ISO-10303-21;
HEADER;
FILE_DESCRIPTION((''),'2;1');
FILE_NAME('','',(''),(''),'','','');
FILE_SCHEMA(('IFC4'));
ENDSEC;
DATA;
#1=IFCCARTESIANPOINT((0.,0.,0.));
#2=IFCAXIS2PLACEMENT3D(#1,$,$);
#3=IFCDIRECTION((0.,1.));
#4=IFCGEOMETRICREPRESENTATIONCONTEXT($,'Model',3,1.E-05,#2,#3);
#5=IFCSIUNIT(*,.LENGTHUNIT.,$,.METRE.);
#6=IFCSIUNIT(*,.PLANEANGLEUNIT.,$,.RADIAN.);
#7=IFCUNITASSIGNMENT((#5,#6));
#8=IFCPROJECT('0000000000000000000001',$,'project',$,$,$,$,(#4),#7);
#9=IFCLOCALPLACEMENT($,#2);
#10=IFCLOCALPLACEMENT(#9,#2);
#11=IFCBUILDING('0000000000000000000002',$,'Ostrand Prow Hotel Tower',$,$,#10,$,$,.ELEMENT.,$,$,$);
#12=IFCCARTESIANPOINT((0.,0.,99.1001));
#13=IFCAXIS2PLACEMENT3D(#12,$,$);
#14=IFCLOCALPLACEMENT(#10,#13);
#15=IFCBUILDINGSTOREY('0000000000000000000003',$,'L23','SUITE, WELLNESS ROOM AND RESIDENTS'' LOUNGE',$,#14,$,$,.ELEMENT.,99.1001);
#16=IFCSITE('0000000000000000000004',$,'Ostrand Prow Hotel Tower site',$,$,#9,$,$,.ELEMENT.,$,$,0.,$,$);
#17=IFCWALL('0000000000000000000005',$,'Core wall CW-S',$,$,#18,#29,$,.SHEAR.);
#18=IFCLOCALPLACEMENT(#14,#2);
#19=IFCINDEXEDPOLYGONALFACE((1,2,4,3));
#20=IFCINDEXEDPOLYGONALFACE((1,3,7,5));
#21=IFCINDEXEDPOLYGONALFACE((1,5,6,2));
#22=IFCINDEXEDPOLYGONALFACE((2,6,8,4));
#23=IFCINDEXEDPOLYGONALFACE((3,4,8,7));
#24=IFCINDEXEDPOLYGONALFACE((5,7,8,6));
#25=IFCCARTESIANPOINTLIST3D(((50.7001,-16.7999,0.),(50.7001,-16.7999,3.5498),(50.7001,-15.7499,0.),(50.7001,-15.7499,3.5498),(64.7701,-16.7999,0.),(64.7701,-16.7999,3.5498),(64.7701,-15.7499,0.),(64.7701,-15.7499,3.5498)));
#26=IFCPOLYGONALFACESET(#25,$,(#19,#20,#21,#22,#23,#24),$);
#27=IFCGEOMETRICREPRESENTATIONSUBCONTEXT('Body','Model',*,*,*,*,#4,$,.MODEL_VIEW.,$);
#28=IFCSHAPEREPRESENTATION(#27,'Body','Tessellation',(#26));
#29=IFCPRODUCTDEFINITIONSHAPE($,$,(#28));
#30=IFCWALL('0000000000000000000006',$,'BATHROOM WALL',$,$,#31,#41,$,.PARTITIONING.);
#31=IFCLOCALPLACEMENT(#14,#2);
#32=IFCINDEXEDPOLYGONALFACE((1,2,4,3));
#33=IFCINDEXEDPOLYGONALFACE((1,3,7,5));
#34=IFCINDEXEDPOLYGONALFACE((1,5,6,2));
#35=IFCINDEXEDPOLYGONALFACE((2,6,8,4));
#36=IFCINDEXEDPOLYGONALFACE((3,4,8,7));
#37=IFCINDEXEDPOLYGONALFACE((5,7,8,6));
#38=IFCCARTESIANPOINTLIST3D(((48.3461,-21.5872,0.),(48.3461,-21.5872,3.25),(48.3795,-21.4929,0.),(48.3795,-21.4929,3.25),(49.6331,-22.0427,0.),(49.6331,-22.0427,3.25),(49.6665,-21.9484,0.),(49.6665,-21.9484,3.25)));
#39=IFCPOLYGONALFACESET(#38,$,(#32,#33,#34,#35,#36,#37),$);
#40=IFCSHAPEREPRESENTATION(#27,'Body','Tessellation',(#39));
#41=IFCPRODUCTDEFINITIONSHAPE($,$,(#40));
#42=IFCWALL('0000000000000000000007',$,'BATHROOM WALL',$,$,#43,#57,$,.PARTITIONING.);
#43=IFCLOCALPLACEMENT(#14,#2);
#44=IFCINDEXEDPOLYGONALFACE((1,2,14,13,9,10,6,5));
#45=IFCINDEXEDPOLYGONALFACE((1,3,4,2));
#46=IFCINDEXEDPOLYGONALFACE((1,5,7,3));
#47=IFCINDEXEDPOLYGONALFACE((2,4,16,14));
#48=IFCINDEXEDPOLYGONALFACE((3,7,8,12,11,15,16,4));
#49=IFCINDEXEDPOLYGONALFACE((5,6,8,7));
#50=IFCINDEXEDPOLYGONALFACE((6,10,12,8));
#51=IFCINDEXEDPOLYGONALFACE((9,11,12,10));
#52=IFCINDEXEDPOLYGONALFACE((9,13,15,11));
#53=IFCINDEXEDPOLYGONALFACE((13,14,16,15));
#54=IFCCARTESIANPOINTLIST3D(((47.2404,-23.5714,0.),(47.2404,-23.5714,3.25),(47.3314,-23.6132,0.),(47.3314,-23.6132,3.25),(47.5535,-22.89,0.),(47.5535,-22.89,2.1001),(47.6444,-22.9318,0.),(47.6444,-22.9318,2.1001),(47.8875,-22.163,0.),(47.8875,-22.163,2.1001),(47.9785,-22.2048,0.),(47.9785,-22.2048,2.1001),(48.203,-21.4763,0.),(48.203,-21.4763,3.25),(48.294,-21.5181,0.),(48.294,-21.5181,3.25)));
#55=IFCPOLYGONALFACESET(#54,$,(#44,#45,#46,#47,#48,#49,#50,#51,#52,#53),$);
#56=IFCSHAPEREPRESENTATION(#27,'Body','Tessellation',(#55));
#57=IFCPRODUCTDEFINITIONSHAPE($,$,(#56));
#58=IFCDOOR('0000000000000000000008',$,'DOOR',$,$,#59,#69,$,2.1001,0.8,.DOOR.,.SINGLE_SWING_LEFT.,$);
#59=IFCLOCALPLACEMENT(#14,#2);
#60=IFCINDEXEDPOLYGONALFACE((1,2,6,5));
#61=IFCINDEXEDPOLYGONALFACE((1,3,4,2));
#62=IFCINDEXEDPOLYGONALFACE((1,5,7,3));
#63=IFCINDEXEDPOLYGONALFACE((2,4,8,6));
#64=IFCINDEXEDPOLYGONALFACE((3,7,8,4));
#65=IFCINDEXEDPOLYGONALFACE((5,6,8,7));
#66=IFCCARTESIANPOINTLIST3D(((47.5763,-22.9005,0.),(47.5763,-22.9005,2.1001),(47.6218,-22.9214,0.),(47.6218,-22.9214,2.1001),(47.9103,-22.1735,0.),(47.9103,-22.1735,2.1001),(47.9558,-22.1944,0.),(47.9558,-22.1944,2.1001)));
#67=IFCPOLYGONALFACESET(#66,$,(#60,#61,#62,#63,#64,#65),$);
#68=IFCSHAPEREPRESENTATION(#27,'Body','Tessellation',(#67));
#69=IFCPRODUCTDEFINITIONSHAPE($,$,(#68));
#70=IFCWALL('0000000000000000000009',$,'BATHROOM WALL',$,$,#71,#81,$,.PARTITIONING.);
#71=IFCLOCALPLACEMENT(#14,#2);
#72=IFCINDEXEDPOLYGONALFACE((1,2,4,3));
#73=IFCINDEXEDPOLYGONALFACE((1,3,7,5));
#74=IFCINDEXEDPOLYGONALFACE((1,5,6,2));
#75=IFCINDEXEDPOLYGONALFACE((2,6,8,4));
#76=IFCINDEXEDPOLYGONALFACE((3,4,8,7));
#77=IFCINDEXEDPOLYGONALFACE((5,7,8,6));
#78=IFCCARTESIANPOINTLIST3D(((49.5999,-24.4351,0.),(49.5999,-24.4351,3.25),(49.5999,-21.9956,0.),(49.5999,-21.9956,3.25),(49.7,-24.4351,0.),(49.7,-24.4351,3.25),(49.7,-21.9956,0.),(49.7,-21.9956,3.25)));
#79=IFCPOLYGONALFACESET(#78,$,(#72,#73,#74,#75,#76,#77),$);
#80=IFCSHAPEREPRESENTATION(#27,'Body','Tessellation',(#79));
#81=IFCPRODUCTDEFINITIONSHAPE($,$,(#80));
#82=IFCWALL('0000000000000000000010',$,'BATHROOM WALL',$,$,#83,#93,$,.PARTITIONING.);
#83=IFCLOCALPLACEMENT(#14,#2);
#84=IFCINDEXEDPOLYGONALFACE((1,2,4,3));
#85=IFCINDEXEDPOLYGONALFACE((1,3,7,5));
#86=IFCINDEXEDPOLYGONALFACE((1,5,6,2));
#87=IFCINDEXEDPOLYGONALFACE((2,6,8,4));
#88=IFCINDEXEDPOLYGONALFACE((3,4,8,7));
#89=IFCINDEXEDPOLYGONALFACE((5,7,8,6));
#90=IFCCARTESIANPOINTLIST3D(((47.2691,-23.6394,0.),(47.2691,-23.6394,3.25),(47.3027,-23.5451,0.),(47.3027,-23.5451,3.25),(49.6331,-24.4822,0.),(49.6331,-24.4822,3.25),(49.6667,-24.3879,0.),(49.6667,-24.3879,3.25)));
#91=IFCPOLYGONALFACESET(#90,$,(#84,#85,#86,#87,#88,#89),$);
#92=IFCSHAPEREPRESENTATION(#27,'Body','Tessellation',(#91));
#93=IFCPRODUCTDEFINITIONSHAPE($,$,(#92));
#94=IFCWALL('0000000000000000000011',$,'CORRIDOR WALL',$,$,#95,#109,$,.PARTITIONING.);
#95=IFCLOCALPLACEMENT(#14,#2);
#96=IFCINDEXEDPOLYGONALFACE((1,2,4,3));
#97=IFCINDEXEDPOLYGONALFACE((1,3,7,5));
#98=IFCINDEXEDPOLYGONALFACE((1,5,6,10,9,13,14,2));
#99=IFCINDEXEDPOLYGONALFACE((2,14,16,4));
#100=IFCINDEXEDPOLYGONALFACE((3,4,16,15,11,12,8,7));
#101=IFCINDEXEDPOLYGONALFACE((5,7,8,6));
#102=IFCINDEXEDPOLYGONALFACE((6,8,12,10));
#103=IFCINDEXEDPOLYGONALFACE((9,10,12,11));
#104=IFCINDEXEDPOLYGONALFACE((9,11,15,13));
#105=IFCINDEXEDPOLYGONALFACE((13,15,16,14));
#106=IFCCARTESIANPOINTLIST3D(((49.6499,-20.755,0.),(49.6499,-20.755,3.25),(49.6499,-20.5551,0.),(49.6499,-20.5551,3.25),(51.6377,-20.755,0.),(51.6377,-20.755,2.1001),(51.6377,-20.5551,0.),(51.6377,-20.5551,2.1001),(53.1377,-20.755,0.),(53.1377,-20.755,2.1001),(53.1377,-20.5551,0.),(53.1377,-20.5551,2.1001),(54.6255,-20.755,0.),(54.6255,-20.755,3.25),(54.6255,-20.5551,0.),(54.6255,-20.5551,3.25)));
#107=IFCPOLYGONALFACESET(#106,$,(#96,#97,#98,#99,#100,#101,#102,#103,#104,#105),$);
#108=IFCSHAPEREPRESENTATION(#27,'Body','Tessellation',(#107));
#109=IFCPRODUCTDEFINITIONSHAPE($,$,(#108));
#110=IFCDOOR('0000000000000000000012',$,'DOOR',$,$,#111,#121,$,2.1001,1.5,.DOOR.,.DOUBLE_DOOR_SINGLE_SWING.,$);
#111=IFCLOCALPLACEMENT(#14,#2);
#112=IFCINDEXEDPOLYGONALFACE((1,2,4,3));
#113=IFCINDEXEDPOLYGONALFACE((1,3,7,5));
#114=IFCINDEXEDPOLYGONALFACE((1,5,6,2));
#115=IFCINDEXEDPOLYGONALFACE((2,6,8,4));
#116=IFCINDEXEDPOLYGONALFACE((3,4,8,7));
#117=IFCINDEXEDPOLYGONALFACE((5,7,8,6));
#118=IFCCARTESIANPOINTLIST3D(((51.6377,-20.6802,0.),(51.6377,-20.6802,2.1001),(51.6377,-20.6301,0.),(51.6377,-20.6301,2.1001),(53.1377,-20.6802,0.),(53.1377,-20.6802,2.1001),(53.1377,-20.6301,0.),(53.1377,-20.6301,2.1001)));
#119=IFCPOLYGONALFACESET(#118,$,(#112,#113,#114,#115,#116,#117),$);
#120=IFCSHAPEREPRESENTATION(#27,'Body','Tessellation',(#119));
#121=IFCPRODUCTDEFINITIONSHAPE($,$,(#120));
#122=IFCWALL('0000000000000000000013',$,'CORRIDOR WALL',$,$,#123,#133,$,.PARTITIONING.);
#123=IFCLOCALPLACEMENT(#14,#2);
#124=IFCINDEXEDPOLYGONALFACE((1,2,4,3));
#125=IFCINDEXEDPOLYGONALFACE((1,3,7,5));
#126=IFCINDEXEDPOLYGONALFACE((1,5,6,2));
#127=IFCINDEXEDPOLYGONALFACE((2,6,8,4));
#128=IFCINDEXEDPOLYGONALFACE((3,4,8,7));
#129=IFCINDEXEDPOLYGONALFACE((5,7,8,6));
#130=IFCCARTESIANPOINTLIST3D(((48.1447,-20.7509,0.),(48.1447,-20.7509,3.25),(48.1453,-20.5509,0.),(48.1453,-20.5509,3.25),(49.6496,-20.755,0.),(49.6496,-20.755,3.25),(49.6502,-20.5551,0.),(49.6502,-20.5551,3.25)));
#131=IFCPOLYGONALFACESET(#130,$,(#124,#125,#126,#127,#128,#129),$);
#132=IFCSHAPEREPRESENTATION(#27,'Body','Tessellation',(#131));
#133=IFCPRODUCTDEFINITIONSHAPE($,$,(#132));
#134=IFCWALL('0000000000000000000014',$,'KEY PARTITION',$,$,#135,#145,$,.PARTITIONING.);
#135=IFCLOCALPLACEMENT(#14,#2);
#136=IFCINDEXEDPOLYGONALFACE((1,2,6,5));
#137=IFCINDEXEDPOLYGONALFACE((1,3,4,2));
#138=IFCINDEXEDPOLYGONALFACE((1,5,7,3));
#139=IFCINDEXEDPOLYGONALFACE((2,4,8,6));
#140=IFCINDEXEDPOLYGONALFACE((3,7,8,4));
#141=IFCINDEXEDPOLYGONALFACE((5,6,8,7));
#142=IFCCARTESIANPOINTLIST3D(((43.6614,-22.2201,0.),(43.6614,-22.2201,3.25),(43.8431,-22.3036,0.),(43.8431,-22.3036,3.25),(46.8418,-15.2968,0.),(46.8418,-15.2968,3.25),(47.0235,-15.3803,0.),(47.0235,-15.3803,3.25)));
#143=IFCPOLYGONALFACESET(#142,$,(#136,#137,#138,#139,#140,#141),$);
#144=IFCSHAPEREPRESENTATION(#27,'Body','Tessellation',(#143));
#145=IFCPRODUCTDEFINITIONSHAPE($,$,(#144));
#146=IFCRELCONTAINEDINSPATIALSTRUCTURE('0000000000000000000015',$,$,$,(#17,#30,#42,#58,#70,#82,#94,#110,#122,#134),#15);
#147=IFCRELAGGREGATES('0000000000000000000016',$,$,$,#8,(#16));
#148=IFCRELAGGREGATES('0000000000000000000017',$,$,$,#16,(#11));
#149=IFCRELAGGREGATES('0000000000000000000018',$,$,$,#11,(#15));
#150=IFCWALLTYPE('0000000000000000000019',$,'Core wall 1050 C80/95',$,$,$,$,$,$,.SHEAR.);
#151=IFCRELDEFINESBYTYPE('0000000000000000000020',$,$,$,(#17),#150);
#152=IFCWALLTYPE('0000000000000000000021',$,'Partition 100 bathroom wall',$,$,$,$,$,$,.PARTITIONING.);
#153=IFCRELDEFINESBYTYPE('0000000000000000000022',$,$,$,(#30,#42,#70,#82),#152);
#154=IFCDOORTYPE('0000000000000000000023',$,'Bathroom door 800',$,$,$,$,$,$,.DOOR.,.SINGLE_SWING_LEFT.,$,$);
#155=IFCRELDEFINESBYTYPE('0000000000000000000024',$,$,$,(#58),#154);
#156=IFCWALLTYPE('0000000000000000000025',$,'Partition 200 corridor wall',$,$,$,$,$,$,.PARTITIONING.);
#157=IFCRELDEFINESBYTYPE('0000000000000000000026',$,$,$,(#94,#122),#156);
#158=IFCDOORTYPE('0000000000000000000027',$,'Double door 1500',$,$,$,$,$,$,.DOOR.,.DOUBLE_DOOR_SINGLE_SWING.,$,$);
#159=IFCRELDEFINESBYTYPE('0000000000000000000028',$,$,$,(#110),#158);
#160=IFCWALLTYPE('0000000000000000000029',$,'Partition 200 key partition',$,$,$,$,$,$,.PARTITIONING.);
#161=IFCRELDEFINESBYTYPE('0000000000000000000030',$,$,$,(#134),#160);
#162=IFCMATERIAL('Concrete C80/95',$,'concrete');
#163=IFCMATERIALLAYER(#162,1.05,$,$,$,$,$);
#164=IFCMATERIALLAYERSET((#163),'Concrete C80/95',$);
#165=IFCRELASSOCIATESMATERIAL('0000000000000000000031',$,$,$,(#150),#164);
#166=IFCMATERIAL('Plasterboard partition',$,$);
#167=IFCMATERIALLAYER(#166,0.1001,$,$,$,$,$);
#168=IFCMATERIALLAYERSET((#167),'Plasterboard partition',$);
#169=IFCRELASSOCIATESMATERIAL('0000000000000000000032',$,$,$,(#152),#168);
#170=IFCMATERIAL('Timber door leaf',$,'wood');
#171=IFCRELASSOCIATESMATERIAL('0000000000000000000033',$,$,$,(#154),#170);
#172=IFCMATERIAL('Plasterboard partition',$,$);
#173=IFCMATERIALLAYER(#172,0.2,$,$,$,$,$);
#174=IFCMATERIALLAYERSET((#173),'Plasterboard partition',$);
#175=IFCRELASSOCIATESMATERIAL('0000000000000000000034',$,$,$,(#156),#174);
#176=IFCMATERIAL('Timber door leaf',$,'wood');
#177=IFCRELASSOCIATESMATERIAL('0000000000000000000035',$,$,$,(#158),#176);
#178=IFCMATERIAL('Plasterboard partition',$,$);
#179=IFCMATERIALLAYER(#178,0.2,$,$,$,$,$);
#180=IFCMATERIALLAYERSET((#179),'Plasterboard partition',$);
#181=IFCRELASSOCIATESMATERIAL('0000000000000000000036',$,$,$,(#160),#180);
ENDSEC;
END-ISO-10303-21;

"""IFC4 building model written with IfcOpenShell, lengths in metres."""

from ifc_helpers import new_model, si_unit, direction, frame, frame_2d, origin, place, context, subcontext, project, spatial, rectangle, extrude, material, layer, layer_set, type_object, element, fill, save


model = new_model("IFC4")

# Units and contexts
model_context = context("Model", 3, precision=1e-05, world=origin(), true_north=direction((0.0, 1.0)))
body_context = subcontext(model_context, "Body", "Model", "MODEL_VIEW")
ifc_project = project(units=[si_unit("LENGTHUNIT", "METRE"), si_unit("PLANEANGLEUNIT", "RADIAN")], contexts=[model_context])

# Site, building, storey
site_placement = place(None, origin())
site = spatial("IfcSite", under=ifc_project, at=site_placement, Name="Ostrand Prow Hotel Tower site", CompositionType="ELEMENT", RefElevation=0.0)
building_placement = place(site_placement, origin())
building = spatial("IfcBuilding", under=site, at=building_placement, Name="Ostrand Prow Hotel Tower", CompositionType="ELEMENT")
storey_placement = place(building_placement, frame((0.0, 0.0, 99.1001)))
storey = spatial("IfcBuildingStorey", under=building, at=storey_placement, Name="L23", Description="SUITE, WELLNESS ROOM AND RESIDENTS' LOUNGE", CompositionType="ELEMENT", Elevation=99.1001)

# Shared definitions
ifc_material_1 = material(Name="Concrete C80/95", Category="concrete")
ifc_layer_1 = layer(ifc_material_1, 1.05)
ifc_layer_set_1 = layer_set([ifc_layer_1], Name="Concrete C80/95")
wall_type_1 = type_object("IfcWallType", Name="Core wall 1050 C80/95", PredefinedType="SHEAR", material=ifc_layer_set_1)

# Walls
wall_1_placement = place(storey_placement, frame((50.7, -16.2749, 0.0), z_axis=(0.0, 0.0, 1.0), x_axis=(1.0, 0.0, 0.0)))
element("IfcWall", 1, at=wall_1_placement, inside=storey, type_object=wall_type_1, Name="Core wall CW-S", PredefinedType="SHEAR", context=body_context, shape_type="SweptSolid", body=[
    extrude(rectangle(XDim=14.0701, YDim=1.05, at=frame_2d((7.0352, 0.0))), origin(), (0.0, 0.0, 1.0), 3.5498),
])
ifc_material_2 = material(Name="Plasterboard partition")
ifc_layer_2 = layer(ifc_material_2, 0.1001)
ifc_layer_set_2 = layer_set([ifc_layer_2], Name="Plasterboard partition")
wall_type_2 = type_object("IfcWallType", Name="Partition 100 bathroom wall", PredefinedType="PARTITIONING", material=ifc_layer_set_2)
wall_2_placement = place(storey_placement, frame((48.3628, -21.54, 0.0), z_axis=(0.0, 0.0, 1.0), x_axis=(0.942693, -0.333662, 0.0)))
element("IfcWall", 2, at=wall_2_placement, inside=storey, type_object=wall_type_2, Name="BATHROOM WALL", PredefinedType="PARTITIONING", context=body_context, shape_type="SweptSolid", body=[
    extrude(rectangle(XDim=1.3652, YDim=0.1001, at=frame_2d((0.6826, 0.0))), origin(), (0.0, 0.0, 1.0), 3.25),
])

# Wall, opening, door
wall_3_placement = place(storey_placement, frame((47.2859, -23.5923, 0.0), z_axis=(0.0, 0.0, 1.0), x_axis=(0.417493, 0.90868, 0.0)))
wall_3 = element("IfcWall", 3, at=wall_3_placement, inside=storey, type_object=wall_type_2, Name="BATHROOM WALL", PredefinedType="PARTITIONING", context=body_context, shape_type="SweptSolid", body=[
    extrude(rectangle(XDim=2.3057, YDim=0.1001, at=frame_2d((1.1528, 0.0))), origin(), (0.0, 0.0, 1.0), 3.25),
])
opening_1_placement = place(wall_3_placement, frame((0.75, 0.0, 0.0)))
opening_1 = element("IfcOpeningElement", 4, at=opening_1_placement, cuts=wall_3, PredefinedType="OPENING", context=body_context, shape_type="SweptSolid", body=[
    extrude(rectangle(XDim=0.8, YDim=2.1001, at=frame_2d((0.3999, 1.05))), frame((0.0, 0.0601, 0.0), z_axis=(0.0, -1.0, 0.0), x_axis=(1.0, 0.0, 0.0)), (0.0, 0.0, 1.0), 0.1201),
])
ifc_material_3 = material(Name="Timber door leaf", Category="wood")
door_type_1 = type_object("IfcDoorType", Name="Bathroom door 800", OperationType="SINGLE_SWING_LEFT", PredefinedType="DOOR", material=ifc_material_3)
door_1_placement = place(opening_1_placement, origin())
door_1 = element("IfcDoor", 5, at=door_1_placement, inside=storey, type_object=door_type_1, Name="DOOR", OperationType="SINGLE_SWING_LEFT", OverallHeight=2.1001, OverallWidth=0.8, PredefinedType="DOOR", context=body_context, shape_type="SweptSolid", body=[
    extrude(rectangle(XDim=0.8, YDim=2.1001, at=frame_2d((0.3999, 1.05))), frame((0.0, 0.0249, 0.0), z_axis=(0.0, -1.0, 0.0), x_axis=(1.0, 0.0, 0.0)), (0.0, 0.0, 1.0), 0.05),
])
fill(opening_1, door_1)

# Walls
wall_4_placement = place(storey_placement, frame((49.6499, -21.9956, 0.0), z_axis=(0.0, 0.0, 1.0), x_axis=(0.0, -1.0, 0.0)))
element("IfcWall", 6, at=wall_4_placement, inside=storey, type_object=wall_type_2, Name="BATHROOM WALL", PredefinedType="PARTITIONING", context=body_context, shape_type="SweptSolid", body=[
    extrude(rectangle(XDim=2.4395, YDim=0.1001, at=frame_2d((1.2197, 0.0))), origin(), (0.0, 0.0, 1.0), 3.25),
])
wall_5_placement = place(storey_placement, frame((49.6499, -24.4351, 0.0), z_axis=(0.0, 0.0, 1.0), x_axis=(-0.941933, 0.3358, 0.0)))
element("IfcWall", 7, at=wall_5_placement, inside=storey, type_object=wall_type_2, Name="BATHROOM WALL", PredefinedType="PARTITIONING", context=body_context, shape_type="SweptSolid", body=[
    extrude(rectangle(XDim=2.5098, YDim=0.1001, at=frame_2d((1.2549, 0.0))), origin(), (0.0, 0.0, 1.0), 3.25),
])

# Wall, opening, door
ifc_material_4 = material(Name="Plasterboard partition")
ifc_layer_3 = layer(ifc_material_4, 0.2)
ifc_layer_set_3 = layer_set([ifc_layer_3], Name="Plasterboard partition")
wall_type_3 = type_object("IfcWallType", Name="Partition 200 corridor wall", PredefinedType="PARTITIONING", material=ifc_layer_set_3)
wall_6_placement = place(storey_placement, frame((49.6499, -20.655, 0.0), z_axis=(0.0, 0.0, 1.0), x_axis=(1.0, 0.0, 0.0)))
wall_6 = element("IfcWall", 8, at=wall_6_placement, inside=storey, type_object=wall_type_3, Name="CORRIDOR WALL", PredefinedType="PARTITIONING", context=body_context, shape_type="SweptSolid", body=[
    extrude(rectangle(XDim=4.9756, YDim=0.2, at=frame_2d((2.4878, 0.0))), origin(), (0.0, 0.0, 1.0), 3.25),
])
opening_2_placement = place(wall_6_placement, frame((1.9878, 0.0, 0.0)))
opening_2 = element("IfcOpeningElement", 9, at=opening_2_placement, cuts=wall_6, PredefinedType="OPENING", context=body_context, shape_type="SweptSolid", body=[
    extrude(rectangle(XDim=1.5, YDim=2.1001, at=frame_2d((0.75, 1.05))), frame((0.0, 0.1099, 0.0), z_axis=(0.0, -1.0, 0.0), x_axis=(1.0, 0.0, 0.0)), (0.0, 0.0, 1.0), 0.22),
])
ifc_material_5 = material(Name="Timber door leaf", Category="wood")
door_type_2 = type_object("IfcDoorType", Name="Double door 1500", OperationType="DOUBLE_DOOR_SINGLE_SWING", PredefinedType="DOOR", material=ifc_material_5)
door_2_placement = place(opening_2_placement, origin())
door_2 = element("IfcDoor", 10, at=door_2_placement, inside=storey, type_object=door_type_2, Name="DOOR", OperationType="DOUBLE_DOOR_SINGLE_SWING", OverallHeight=2.1001, OverallWidth=1.5, PredefinedType="DOOR", context=body_context, shape_type="SweptSolid", body=[
    extrude(rectangle(XDim=1.5, YDim=2.1001, at=frame_2d((0.75, 1.05))), frame((0.0, 0.0249, 0.0), z_axis=(0.0, -1.0, 0.0), x_axis=(1.0, 0.0, 0.0)), (0.0, 0.0, 1.0), 0.05),
])
fill(opening_2, door_2)

# Walls
wall_7_placement = place(storey_placement, frame((48.145, -20.6509, 0.0), z_axis=(0.0, 0.0, 1.0), x_axis=(0.999996, -0.002758, 0.0)))
element("IfcWall", 11, at=wall_7_placement, inside=storey, type_object=wall_type_3, Name="CORRIDOR WALL", PredefinedType="PARTITIONING", context=body_context, shape_type="SweptSolid", body=[
    extrude(rectangle(XDim=1.5049, YDim=0.2, at=frame_2d((0.7524, 0.0))), origin(), (0.0, 0.0, 1.0), 3.25),
])
ifc_material_6 = material(Name="Plasterboard partition")
ifc_layer_4 = layer(ifc_material_6, 0.2)
ifc_layer_set_4 = layer_set([ifc_layer_4], Name="Plasterboard partition")
wall_type_4 = type_object("IfcWallType", Name="Partition 200 key partition", PredefinedType="PARTITIONING", material=ifc_layer_set_4)
wall_8_placement = place(storey_placement, frame((43.7522, -22.262, 0.0), z_axis=(0.0, 0.0, 1.0), x_axis=(0.417438, 0.908705, 0.0)))
element("IfcWall", 12, at=wall_8_placement, inside=storey, type_object=wall_type_4, Name="KEY PARTITION", PredefinedType="PARTITIONING", context=body_context, shape_type="SweptSolid", body=[
    extrude(rectangle(XDim=7.6189, YDim=0.2, at=frame_2d((3.8096, 0.0))), origin(), (0.0, 0.0, 1.0), 3.25),
])

save(model, "model.ifc")
